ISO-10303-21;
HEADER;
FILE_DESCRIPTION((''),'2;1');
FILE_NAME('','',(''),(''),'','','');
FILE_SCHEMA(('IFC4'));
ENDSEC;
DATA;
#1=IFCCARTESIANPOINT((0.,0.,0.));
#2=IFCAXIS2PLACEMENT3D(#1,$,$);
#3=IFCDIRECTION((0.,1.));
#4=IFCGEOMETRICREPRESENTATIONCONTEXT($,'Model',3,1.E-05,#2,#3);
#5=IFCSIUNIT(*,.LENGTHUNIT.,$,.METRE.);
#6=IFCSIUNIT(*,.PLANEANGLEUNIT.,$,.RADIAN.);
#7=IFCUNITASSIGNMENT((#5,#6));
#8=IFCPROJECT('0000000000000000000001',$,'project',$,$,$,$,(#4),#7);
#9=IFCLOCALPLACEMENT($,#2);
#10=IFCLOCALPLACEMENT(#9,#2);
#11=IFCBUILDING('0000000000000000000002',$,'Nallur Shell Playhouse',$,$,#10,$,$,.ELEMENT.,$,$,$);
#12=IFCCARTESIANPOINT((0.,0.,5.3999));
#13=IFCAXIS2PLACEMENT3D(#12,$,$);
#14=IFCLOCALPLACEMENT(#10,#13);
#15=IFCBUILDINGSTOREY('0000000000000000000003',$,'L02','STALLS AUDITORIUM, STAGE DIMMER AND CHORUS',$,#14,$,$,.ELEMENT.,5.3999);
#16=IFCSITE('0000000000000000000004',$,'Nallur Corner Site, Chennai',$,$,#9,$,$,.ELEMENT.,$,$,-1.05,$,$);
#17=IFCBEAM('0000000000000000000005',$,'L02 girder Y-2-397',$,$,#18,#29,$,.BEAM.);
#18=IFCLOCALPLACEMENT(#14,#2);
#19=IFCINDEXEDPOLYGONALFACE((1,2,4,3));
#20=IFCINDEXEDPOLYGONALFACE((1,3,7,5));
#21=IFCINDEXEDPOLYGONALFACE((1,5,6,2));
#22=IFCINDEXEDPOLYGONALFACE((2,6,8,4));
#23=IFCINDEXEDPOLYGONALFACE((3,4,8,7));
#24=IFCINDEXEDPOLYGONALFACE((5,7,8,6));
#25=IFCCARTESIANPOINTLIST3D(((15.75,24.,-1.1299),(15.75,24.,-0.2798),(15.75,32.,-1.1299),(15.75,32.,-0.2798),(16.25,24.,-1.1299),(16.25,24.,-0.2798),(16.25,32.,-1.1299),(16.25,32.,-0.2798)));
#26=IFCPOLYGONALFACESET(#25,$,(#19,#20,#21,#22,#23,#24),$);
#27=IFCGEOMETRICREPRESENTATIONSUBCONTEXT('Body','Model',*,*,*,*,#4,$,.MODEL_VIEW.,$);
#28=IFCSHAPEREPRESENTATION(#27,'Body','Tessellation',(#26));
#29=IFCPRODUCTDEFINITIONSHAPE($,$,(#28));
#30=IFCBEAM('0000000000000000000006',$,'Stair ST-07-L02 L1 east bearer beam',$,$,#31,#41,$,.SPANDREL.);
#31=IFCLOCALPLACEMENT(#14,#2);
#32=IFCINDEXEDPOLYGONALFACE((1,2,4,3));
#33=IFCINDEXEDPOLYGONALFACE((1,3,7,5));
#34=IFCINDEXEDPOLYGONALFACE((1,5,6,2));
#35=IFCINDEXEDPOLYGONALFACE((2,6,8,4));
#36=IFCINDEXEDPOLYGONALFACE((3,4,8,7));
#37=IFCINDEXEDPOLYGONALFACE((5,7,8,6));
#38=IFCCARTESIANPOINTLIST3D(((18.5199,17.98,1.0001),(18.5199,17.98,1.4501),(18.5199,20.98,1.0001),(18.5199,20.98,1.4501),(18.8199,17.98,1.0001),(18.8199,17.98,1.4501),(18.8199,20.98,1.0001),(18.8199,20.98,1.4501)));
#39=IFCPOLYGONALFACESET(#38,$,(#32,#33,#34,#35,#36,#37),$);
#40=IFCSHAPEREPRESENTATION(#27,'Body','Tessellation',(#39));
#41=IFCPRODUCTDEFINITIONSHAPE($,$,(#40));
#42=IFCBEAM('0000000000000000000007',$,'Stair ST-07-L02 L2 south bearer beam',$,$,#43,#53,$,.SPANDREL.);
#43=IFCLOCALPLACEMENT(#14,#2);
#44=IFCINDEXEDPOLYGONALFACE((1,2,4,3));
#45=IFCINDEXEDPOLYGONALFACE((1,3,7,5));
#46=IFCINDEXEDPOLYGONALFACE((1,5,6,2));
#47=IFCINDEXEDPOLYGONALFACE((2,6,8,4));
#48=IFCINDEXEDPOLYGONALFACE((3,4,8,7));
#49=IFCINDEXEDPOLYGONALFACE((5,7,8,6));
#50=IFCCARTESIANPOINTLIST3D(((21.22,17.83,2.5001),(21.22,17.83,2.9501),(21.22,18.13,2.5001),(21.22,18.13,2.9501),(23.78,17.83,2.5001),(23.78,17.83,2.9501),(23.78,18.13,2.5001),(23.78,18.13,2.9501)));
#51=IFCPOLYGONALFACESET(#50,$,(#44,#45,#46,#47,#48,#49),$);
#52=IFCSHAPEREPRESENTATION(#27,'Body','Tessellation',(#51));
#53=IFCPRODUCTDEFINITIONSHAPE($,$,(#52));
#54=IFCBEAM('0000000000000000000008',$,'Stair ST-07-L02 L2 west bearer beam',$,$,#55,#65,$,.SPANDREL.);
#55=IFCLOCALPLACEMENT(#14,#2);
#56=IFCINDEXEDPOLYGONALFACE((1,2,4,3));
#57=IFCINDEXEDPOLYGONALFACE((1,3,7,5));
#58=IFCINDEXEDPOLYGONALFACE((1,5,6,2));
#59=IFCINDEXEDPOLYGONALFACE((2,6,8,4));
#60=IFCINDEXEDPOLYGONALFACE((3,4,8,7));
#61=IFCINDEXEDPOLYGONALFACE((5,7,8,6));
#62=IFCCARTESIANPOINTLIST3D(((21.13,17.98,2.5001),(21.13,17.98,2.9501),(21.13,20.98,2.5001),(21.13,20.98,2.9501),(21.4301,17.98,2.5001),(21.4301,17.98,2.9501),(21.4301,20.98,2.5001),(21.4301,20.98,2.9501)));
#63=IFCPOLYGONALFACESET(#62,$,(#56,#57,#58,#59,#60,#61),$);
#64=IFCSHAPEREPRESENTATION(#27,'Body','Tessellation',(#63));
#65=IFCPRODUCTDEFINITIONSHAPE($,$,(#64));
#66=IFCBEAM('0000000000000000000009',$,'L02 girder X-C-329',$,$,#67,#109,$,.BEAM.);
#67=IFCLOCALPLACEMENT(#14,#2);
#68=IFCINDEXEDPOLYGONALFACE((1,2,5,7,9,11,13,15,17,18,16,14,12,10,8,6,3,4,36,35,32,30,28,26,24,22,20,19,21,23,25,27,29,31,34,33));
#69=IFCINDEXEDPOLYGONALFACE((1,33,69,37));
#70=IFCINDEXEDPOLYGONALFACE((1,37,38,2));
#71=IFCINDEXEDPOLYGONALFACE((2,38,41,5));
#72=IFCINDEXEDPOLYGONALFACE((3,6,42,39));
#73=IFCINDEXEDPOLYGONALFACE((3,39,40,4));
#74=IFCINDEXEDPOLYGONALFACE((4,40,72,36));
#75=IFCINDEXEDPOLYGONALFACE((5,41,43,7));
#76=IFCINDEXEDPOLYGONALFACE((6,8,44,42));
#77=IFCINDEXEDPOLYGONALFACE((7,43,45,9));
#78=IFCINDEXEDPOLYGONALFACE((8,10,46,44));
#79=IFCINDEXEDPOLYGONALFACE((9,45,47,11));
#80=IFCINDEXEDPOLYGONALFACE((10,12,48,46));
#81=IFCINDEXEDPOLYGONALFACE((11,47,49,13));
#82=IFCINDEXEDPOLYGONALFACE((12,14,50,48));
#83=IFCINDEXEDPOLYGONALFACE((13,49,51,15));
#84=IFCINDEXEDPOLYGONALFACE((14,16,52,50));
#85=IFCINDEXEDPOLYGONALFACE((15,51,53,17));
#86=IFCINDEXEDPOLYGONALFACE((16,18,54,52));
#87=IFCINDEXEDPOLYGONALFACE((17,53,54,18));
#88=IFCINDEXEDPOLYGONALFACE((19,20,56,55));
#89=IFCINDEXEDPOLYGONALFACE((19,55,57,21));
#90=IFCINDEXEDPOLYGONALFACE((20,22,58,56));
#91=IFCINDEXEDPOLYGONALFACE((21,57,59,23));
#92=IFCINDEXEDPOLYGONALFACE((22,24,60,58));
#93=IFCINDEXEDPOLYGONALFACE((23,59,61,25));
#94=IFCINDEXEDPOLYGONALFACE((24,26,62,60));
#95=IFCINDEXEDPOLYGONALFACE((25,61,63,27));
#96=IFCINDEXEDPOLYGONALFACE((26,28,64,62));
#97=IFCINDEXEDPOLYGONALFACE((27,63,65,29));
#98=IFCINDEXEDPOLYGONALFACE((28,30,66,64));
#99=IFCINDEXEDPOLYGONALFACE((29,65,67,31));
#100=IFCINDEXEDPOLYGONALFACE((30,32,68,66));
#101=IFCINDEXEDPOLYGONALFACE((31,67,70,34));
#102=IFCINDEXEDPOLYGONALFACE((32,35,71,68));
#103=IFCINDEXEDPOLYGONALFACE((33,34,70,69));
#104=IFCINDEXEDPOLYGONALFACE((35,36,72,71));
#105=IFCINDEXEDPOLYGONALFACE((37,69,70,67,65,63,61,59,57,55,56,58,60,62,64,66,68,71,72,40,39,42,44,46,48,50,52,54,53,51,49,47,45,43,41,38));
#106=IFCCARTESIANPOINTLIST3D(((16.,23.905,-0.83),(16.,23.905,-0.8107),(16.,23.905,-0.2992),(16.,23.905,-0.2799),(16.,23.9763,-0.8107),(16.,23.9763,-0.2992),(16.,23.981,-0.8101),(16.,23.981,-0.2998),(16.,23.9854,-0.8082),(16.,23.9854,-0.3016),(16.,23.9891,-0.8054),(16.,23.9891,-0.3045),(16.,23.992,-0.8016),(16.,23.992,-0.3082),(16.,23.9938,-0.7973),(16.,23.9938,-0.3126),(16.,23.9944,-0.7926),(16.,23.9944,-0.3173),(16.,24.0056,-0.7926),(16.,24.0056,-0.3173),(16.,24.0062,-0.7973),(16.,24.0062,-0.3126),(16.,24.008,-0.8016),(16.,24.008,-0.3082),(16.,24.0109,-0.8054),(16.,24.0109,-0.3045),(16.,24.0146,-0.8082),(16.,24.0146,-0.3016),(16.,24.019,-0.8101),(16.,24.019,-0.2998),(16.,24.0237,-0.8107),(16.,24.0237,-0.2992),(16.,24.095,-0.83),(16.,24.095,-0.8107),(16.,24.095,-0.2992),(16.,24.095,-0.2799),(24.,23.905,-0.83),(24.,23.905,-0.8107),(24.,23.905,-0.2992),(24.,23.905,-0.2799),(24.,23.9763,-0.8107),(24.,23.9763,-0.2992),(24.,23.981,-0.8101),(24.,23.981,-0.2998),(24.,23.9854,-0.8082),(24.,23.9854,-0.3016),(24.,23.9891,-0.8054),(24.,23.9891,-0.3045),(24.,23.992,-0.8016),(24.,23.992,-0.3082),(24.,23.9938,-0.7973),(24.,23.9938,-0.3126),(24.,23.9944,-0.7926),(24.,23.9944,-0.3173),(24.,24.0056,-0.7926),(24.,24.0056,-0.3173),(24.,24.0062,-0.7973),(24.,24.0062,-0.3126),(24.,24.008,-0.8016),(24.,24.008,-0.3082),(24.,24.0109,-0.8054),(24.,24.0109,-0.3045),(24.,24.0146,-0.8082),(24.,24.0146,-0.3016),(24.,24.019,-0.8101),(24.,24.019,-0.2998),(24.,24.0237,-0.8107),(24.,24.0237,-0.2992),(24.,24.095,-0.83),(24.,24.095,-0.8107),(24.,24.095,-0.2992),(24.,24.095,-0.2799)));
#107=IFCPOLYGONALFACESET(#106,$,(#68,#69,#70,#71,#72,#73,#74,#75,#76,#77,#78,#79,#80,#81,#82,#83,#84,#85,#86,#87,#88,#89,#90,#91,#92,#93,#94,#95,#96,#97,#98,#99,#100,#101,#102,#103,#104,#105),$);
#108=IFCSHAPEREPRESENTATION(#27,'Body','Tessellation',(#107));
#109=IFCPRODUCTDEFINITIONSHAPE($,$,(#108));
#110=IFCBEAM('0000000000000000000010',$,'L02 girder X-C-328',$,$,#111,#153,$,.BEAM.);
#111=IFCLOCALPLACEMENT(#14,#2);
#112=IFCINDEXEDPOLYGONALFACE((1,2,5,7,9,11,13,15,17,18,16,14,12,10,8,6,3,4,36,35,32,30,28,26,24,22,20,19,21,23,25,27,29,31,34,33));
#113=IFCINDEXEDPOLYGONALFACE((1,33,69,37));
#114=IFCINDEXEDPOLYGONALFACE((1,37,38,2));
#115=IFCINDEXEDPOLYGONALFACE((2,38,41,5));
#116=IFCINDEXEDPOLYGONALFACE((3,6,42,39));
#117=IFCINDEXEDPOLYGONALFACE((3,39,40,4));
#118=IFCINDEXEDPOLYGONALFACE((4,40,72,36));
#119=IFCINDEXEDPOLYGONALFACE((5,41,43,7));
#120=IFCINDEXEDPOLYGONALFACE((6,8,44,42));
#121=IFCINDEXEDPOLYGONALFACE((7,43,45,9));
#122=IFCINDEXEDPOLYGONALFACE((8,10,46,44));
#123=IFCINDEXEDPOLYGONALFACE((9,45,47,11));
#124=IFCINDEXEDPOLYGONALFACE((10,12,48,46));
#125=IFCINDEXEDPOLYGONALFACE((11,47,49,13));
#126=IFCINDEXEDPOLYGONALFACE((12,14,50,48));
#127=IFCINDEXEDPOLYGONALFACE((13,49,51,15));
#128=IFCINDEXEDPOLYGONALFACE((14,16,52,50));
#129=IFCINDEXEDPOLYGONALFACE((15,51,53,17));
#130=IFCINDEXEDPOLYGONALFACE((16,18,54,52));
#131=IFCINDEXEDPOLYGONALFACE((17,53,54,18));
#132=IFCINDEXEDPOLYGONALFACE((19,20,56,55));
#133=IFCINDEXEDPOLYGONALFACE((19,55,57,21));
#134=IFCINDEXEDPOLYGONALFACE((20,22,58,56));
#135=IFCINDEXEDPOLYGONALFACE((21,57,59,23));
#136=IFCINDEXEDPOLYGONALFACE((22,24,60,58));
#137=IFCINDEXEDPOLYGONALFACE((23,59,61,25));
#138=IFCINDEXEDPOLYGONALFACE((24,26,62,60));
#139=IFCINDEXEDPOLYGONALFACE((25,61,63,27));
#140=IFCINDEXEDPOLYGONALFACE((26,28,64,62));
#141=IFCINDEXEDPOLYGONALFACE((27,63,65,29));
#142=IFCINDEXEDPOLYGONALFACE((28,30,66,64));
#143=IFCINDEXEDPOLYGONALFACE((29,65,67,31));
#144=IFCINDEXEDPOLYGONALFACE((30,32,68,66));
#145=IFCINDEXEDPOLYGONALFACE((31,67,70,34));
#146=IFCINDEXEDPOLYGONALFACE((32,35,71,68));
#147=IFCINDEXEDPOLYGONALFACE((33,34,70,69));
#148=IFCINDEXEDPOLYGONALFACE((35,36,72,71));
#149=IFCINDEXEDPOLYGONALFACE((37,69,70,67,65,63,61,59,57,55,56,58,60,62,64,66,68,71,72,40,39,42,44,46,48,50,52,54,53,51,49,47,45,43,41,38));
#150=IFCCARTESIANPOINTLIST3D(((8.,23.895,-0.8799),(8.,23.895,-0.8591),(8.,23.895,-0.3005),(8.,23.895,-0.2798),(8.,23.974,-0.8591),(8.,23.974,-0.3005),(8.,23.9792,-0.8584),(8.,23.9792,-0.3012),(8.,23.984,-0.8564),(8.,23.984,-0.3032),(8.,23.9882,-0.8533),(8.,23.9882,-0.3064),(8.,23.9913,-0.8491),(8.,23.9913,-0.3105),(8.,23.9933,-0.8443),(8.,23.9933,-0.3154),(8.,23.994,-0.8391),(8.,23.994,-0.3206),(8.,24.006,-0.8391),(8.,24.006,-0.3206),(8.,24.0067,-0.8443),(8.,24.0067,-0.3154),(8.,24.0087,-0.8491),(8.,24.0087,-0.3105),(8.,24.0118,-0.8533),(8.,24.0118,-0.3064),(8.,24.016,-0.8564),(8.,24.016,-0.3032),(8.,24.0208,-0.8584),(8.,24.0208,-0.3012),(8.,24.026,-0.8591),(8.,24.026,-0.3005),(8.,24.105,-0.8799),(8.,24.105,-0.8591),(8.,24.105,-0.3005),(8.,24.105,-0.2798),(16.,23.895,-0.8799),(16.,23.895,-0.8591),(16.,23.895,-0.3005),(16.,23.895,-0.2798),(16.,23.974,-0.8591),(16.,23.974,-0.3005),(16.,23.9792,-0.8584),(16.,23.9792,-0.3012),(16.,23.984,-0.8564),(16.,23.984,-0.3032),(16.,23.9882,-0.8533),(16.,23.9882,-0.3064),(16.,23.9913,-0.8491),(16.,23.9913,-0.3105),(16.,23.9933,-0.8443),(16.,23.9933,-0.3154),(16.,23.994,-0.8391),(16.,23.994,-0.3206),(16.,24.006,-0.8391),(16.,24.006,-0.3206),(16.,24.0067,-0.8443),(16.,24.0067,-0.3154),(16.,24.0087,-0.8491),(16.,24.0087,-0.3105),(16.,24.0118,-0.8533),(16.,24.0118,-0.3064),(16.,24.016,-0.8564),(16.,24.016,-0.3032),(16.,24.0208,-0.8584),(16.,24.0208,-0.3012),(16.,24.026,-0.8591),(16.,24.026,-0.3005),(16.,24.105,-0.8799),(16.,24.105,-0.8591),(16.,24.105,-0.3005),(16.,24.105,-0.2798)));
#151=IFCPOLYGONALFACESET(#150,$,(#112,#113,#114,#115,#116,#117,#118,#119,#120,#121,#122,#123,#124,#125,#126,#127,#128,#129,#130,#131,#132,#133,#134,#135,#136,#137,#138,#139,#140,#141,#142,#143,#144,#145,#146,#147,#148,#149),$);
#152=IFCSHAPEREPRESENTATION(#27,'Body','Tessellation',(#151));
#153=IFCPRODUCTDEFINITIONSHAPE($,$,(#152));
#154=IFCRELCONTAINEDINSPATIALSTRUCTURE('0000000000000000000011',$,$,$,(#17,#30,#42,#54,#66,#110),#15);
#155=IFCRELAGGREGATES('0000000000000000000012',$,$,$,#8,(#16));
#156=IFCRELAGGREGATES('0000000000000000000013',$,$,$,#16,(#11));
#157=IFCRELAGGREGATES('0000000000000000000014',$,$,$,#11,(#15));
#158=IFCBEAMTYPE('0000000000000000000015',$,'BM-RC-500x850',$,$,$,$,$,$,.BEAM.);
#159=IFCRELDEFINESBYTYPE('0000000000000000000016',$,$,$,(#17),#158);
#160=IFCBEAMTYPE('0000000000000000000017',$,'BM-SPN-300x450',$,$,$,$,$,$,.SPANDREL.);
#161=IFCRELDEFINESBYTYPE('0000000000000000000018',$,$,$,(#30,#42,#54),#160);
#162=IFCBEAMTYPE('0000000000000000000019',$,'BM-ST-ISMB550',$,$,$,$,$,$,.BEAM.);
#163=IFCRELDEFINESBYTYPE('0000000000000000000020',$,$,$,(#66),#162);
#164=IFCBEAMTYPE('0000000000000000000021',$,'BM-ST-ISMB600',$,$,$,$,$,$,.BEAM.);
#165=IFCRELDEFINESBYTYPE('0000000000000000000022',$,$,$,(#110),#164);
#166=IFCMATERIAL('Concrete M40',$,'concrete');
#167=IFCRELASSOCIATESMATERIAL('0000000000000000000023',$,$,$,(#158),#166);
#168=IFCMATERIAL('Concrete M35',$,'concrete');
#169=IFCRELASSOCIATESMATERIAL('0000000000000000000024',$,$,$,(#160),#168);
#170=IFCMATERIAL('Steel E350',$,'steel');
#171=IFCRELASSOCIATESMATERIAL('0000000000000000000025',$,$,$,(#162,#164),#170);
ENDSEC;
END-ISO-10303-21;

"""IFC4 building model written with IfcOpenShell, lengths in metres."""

from ifc_helpers import new_model, si_unit, direction, frame, origin, origin_2d, place, context, subcontext, project, spatial, rectangle, i_section, extrude, material, material_profile, profile_set, type_object, element, save


model = new_model("IFC4")

# Units and contexts
model_context = context("Model", 3, precision=1e-05, world=origin(), true_north=direction((0.0, 1.0)))
body_context = subcontext(model_context, "Body", "Model", "MODEL_VIEW")
ifc_project = project(units=[si_unit("LENGTHUNIT", "METRE"), si_unit("PLANEANGLEUNIT", "RADIAN")], contexts=[model_context])

# Site, building, storey
site_placement = place(None, origin())
site = spatial("IfcSite", under=ifc_project, at=site_placement, Name="Nallur Corner Site, Chennai", CompositionType="ELEMENT", RefElevation=-1.05)
building_placement = place(site_placement, origin())
building = spatial("IfcBuilding", under=site, at=building_placement, Name="Nallur Shell Playhouse", CompositionType="ELEMENT")
storey_placement = place(building_placement, frame((0.0, 0.0, 5.3999)))
storey = spatial("IfcBuildingStorey", under=building, at=storey_placement, Name="L02", Description="STALLS AUDITORIUM, STAGE DIMMER AND CHORUS", CompositionType="ELEMENT", Elevation=5.3999)

# Shared definitions
ifc_material_1 = material(Name="Concrete M40", Category="concrete")
ifc_material_2 = material(Name="Steel E350", Category="steel")

# Beams
ifc_material_profile_1 = material_profile(ifc_material_1, rectangle(XDim=0.5, YDim=0.8501, at=origin_2d()), Name="RC 500x850")
ifc_profile_set_1 = profile_set([ifc_material_profile_1], Name="Concrete M40")
beam_type_1 = type_object("IfcBeamType", Name="BM-RC-500x850", PredefinedType="BEAM", material=ifc_profile_set_1)
beam_1_placement = place(storey_placement, frame((16.0, 24.0, -0.7048), z_axis=(0.0, 1.0, 0.0), x_axis=(-1.0, 0.0, 0.0)))
element("IfcBeam", 1, at=beam_1_placement, inside=storey, type_object=beam_type_1, Name="L02 girder Y-2-397", PredefinedType="BEAM", context=body_context, shape_type="SweptSolid", body=[
    extrude(rectangle(XDim=0.5, YDim=0.8501, at=origin_2d()), origin(), (0.0, 0.0, 1.0), 8.0),
])
ifc_material_3 = material(Name="Concrete M35", Category="concrete")
ifc_material_profile_2 = material_profile(ifc_material_3, rectangle(XDim=0.3, YDim=0.45, at=origin_2d()), Name="RC 300x450")
ifc_profile_set_2 = profile_set([ifc_material_profile_2], Name="Concrete M35")
beam_type_2 = type_object("IfcBeamType", Name="BM-SPN-300x450", PredefinedType="SPANDREL", material=ifc_profile_set_2)
beam_2_placement = place(storey_placement, frame((18.6699, 17.98, 1.2251), z_axis=(0.0, 1.0, 0.0), x_axis=(-1.0, 0.0, 0.0)))
element("IfcBeam", 2, at=beam_2_placement, inside=storey, type_object=beam_type_2, Name="Stair ST-07-L02 L1 east bearer beam", PredefinedType="SPANDREL", context=body_context, shape_type="SweptSolid", body=[
    extrude(rectangle(XDim=0.3, YDim=0.45, at=origin_2d()), origin(), (0.0, 0.0, 1.0), 3.0),
])
beam_3_placement = place(storey_placement, frame((21.22, 17.98, 2.7251), z_axis=(1.0, 0.0, 0.0), x_axis=(0.0, 1.0, 0.0)))
element("IfcBeam", 3, at=beam_3_placement, inside=storey, type_object=beam_type_2, Name="Stair ST-07-L02 L2 south bearer beam", PredefinedType="SPANDREL", context=body_context, shape_type="SweptSolid", body=[
    extrude(rectangle(XDim=0.3, YDim=0.45, at=origin_2d()), origin(), (0.0, 0.0, 1.0), 2.5601),
])
beam_4_placement = place(storey_placement, frame((21.28, 17.98, 2.7251), z_axis=(0.0, 1.0, 0.0), x_axis=(-1.0, 0.0, 0.0)))
element("IfcBeam", 4, at=beam_4_placement, inside=storey, type_object=beam_type_2, Name="Stair ST-07-L02 L2 west bearer beam", PredefinedType="SPANDREL", context=body_context, shape_type="SweptSolid", body=[
    extrude(rectangle(XDim=0.3, YDim=0.45, at=origin_2d()), origin(), (0.0, 0.0, 1.0), 3.0),
])
ifc_material_profile_3 = material_profile(ifc_material_2, i_section(OverallWidth=0.1899, OverallDepth=0.55, WebThickness=0.0112, FlangeThickness=0.0193, FilletRadius=0.0181, at=origin_2d()), Name="ISMB 550")
ifc_profile_set_3 = profile_set([ifc_material_profile_3], Name="Steel E350")
beam_type_3 = type_object("IfcBeamType", Name="BM-ST-ISMB550", PredefinedType="BEAM", material=ifc_profile_set_3)
beam_5_placement = place(storey_placement, frame((16.0, 24.0, -0.5549), z_axis=(1.0, 0.0, 0.0), x_axis=(0.0, 1.0, 0.0)))
element("IfcBeam", 5, at=beam_5_placement, inside=storey, type_object=beam_type_3, Name="L02 girder X-C-329", PredefinedType="BEAM", context=body_context, shape_type="SweptSolid", body=[
    extrude(i_section(OverallWidth=0.1899, OverallDepth=0.55, WebThickness=0.0112, FlangeThickness=0.0193, FilletRadius=0.0181, at=origin_2d()), origin(), (0.0, 0.0, 1.0), 8.0),
])
ifc_material_profile_4 = material_profile(ifc_material_2, i_section(OverallWidth=0.21, OverallDepth=0.6001, WebThickness=0.012, FlangeThickness=0.0208, FilletRadius=0.02, at=origin_2d()), Name="ISMB 600")
ifc_profile_set_4 = profile_set([ifc_material_profile_4], Name="Steel E350")
beam_type_4 = type_object("IfcBeamType", Name="BM-ST-ISMB600", PredefinedType="BEAM", material=ifc_profile_set_4)
beam_6_placement = place(storey_placement, frame((8.0, 24.0, -0.5798), z_axis=(1.0, 0.0, 0.0), x_axis=(0.0, 1.0, 0.0)))
element("IfcBeam", 6, at=beam_6_placement, inside=storey, type_object=beam_type_4, Name="L02 girder X-C-328", PredefinedType="BEAM", context=body_context, shape_type="SweptSolid", body=[
    extrude(i_section(OverallWidth=0.21, OverallDepth=0.6001, WebThickness=0.012, FlangeThickness=0.0208, FilletRadius=0.02, at=origin_2d()), origin(), (0.0, 0.0, 1.0), 8.0),
])

save(model, "model.ifc")
